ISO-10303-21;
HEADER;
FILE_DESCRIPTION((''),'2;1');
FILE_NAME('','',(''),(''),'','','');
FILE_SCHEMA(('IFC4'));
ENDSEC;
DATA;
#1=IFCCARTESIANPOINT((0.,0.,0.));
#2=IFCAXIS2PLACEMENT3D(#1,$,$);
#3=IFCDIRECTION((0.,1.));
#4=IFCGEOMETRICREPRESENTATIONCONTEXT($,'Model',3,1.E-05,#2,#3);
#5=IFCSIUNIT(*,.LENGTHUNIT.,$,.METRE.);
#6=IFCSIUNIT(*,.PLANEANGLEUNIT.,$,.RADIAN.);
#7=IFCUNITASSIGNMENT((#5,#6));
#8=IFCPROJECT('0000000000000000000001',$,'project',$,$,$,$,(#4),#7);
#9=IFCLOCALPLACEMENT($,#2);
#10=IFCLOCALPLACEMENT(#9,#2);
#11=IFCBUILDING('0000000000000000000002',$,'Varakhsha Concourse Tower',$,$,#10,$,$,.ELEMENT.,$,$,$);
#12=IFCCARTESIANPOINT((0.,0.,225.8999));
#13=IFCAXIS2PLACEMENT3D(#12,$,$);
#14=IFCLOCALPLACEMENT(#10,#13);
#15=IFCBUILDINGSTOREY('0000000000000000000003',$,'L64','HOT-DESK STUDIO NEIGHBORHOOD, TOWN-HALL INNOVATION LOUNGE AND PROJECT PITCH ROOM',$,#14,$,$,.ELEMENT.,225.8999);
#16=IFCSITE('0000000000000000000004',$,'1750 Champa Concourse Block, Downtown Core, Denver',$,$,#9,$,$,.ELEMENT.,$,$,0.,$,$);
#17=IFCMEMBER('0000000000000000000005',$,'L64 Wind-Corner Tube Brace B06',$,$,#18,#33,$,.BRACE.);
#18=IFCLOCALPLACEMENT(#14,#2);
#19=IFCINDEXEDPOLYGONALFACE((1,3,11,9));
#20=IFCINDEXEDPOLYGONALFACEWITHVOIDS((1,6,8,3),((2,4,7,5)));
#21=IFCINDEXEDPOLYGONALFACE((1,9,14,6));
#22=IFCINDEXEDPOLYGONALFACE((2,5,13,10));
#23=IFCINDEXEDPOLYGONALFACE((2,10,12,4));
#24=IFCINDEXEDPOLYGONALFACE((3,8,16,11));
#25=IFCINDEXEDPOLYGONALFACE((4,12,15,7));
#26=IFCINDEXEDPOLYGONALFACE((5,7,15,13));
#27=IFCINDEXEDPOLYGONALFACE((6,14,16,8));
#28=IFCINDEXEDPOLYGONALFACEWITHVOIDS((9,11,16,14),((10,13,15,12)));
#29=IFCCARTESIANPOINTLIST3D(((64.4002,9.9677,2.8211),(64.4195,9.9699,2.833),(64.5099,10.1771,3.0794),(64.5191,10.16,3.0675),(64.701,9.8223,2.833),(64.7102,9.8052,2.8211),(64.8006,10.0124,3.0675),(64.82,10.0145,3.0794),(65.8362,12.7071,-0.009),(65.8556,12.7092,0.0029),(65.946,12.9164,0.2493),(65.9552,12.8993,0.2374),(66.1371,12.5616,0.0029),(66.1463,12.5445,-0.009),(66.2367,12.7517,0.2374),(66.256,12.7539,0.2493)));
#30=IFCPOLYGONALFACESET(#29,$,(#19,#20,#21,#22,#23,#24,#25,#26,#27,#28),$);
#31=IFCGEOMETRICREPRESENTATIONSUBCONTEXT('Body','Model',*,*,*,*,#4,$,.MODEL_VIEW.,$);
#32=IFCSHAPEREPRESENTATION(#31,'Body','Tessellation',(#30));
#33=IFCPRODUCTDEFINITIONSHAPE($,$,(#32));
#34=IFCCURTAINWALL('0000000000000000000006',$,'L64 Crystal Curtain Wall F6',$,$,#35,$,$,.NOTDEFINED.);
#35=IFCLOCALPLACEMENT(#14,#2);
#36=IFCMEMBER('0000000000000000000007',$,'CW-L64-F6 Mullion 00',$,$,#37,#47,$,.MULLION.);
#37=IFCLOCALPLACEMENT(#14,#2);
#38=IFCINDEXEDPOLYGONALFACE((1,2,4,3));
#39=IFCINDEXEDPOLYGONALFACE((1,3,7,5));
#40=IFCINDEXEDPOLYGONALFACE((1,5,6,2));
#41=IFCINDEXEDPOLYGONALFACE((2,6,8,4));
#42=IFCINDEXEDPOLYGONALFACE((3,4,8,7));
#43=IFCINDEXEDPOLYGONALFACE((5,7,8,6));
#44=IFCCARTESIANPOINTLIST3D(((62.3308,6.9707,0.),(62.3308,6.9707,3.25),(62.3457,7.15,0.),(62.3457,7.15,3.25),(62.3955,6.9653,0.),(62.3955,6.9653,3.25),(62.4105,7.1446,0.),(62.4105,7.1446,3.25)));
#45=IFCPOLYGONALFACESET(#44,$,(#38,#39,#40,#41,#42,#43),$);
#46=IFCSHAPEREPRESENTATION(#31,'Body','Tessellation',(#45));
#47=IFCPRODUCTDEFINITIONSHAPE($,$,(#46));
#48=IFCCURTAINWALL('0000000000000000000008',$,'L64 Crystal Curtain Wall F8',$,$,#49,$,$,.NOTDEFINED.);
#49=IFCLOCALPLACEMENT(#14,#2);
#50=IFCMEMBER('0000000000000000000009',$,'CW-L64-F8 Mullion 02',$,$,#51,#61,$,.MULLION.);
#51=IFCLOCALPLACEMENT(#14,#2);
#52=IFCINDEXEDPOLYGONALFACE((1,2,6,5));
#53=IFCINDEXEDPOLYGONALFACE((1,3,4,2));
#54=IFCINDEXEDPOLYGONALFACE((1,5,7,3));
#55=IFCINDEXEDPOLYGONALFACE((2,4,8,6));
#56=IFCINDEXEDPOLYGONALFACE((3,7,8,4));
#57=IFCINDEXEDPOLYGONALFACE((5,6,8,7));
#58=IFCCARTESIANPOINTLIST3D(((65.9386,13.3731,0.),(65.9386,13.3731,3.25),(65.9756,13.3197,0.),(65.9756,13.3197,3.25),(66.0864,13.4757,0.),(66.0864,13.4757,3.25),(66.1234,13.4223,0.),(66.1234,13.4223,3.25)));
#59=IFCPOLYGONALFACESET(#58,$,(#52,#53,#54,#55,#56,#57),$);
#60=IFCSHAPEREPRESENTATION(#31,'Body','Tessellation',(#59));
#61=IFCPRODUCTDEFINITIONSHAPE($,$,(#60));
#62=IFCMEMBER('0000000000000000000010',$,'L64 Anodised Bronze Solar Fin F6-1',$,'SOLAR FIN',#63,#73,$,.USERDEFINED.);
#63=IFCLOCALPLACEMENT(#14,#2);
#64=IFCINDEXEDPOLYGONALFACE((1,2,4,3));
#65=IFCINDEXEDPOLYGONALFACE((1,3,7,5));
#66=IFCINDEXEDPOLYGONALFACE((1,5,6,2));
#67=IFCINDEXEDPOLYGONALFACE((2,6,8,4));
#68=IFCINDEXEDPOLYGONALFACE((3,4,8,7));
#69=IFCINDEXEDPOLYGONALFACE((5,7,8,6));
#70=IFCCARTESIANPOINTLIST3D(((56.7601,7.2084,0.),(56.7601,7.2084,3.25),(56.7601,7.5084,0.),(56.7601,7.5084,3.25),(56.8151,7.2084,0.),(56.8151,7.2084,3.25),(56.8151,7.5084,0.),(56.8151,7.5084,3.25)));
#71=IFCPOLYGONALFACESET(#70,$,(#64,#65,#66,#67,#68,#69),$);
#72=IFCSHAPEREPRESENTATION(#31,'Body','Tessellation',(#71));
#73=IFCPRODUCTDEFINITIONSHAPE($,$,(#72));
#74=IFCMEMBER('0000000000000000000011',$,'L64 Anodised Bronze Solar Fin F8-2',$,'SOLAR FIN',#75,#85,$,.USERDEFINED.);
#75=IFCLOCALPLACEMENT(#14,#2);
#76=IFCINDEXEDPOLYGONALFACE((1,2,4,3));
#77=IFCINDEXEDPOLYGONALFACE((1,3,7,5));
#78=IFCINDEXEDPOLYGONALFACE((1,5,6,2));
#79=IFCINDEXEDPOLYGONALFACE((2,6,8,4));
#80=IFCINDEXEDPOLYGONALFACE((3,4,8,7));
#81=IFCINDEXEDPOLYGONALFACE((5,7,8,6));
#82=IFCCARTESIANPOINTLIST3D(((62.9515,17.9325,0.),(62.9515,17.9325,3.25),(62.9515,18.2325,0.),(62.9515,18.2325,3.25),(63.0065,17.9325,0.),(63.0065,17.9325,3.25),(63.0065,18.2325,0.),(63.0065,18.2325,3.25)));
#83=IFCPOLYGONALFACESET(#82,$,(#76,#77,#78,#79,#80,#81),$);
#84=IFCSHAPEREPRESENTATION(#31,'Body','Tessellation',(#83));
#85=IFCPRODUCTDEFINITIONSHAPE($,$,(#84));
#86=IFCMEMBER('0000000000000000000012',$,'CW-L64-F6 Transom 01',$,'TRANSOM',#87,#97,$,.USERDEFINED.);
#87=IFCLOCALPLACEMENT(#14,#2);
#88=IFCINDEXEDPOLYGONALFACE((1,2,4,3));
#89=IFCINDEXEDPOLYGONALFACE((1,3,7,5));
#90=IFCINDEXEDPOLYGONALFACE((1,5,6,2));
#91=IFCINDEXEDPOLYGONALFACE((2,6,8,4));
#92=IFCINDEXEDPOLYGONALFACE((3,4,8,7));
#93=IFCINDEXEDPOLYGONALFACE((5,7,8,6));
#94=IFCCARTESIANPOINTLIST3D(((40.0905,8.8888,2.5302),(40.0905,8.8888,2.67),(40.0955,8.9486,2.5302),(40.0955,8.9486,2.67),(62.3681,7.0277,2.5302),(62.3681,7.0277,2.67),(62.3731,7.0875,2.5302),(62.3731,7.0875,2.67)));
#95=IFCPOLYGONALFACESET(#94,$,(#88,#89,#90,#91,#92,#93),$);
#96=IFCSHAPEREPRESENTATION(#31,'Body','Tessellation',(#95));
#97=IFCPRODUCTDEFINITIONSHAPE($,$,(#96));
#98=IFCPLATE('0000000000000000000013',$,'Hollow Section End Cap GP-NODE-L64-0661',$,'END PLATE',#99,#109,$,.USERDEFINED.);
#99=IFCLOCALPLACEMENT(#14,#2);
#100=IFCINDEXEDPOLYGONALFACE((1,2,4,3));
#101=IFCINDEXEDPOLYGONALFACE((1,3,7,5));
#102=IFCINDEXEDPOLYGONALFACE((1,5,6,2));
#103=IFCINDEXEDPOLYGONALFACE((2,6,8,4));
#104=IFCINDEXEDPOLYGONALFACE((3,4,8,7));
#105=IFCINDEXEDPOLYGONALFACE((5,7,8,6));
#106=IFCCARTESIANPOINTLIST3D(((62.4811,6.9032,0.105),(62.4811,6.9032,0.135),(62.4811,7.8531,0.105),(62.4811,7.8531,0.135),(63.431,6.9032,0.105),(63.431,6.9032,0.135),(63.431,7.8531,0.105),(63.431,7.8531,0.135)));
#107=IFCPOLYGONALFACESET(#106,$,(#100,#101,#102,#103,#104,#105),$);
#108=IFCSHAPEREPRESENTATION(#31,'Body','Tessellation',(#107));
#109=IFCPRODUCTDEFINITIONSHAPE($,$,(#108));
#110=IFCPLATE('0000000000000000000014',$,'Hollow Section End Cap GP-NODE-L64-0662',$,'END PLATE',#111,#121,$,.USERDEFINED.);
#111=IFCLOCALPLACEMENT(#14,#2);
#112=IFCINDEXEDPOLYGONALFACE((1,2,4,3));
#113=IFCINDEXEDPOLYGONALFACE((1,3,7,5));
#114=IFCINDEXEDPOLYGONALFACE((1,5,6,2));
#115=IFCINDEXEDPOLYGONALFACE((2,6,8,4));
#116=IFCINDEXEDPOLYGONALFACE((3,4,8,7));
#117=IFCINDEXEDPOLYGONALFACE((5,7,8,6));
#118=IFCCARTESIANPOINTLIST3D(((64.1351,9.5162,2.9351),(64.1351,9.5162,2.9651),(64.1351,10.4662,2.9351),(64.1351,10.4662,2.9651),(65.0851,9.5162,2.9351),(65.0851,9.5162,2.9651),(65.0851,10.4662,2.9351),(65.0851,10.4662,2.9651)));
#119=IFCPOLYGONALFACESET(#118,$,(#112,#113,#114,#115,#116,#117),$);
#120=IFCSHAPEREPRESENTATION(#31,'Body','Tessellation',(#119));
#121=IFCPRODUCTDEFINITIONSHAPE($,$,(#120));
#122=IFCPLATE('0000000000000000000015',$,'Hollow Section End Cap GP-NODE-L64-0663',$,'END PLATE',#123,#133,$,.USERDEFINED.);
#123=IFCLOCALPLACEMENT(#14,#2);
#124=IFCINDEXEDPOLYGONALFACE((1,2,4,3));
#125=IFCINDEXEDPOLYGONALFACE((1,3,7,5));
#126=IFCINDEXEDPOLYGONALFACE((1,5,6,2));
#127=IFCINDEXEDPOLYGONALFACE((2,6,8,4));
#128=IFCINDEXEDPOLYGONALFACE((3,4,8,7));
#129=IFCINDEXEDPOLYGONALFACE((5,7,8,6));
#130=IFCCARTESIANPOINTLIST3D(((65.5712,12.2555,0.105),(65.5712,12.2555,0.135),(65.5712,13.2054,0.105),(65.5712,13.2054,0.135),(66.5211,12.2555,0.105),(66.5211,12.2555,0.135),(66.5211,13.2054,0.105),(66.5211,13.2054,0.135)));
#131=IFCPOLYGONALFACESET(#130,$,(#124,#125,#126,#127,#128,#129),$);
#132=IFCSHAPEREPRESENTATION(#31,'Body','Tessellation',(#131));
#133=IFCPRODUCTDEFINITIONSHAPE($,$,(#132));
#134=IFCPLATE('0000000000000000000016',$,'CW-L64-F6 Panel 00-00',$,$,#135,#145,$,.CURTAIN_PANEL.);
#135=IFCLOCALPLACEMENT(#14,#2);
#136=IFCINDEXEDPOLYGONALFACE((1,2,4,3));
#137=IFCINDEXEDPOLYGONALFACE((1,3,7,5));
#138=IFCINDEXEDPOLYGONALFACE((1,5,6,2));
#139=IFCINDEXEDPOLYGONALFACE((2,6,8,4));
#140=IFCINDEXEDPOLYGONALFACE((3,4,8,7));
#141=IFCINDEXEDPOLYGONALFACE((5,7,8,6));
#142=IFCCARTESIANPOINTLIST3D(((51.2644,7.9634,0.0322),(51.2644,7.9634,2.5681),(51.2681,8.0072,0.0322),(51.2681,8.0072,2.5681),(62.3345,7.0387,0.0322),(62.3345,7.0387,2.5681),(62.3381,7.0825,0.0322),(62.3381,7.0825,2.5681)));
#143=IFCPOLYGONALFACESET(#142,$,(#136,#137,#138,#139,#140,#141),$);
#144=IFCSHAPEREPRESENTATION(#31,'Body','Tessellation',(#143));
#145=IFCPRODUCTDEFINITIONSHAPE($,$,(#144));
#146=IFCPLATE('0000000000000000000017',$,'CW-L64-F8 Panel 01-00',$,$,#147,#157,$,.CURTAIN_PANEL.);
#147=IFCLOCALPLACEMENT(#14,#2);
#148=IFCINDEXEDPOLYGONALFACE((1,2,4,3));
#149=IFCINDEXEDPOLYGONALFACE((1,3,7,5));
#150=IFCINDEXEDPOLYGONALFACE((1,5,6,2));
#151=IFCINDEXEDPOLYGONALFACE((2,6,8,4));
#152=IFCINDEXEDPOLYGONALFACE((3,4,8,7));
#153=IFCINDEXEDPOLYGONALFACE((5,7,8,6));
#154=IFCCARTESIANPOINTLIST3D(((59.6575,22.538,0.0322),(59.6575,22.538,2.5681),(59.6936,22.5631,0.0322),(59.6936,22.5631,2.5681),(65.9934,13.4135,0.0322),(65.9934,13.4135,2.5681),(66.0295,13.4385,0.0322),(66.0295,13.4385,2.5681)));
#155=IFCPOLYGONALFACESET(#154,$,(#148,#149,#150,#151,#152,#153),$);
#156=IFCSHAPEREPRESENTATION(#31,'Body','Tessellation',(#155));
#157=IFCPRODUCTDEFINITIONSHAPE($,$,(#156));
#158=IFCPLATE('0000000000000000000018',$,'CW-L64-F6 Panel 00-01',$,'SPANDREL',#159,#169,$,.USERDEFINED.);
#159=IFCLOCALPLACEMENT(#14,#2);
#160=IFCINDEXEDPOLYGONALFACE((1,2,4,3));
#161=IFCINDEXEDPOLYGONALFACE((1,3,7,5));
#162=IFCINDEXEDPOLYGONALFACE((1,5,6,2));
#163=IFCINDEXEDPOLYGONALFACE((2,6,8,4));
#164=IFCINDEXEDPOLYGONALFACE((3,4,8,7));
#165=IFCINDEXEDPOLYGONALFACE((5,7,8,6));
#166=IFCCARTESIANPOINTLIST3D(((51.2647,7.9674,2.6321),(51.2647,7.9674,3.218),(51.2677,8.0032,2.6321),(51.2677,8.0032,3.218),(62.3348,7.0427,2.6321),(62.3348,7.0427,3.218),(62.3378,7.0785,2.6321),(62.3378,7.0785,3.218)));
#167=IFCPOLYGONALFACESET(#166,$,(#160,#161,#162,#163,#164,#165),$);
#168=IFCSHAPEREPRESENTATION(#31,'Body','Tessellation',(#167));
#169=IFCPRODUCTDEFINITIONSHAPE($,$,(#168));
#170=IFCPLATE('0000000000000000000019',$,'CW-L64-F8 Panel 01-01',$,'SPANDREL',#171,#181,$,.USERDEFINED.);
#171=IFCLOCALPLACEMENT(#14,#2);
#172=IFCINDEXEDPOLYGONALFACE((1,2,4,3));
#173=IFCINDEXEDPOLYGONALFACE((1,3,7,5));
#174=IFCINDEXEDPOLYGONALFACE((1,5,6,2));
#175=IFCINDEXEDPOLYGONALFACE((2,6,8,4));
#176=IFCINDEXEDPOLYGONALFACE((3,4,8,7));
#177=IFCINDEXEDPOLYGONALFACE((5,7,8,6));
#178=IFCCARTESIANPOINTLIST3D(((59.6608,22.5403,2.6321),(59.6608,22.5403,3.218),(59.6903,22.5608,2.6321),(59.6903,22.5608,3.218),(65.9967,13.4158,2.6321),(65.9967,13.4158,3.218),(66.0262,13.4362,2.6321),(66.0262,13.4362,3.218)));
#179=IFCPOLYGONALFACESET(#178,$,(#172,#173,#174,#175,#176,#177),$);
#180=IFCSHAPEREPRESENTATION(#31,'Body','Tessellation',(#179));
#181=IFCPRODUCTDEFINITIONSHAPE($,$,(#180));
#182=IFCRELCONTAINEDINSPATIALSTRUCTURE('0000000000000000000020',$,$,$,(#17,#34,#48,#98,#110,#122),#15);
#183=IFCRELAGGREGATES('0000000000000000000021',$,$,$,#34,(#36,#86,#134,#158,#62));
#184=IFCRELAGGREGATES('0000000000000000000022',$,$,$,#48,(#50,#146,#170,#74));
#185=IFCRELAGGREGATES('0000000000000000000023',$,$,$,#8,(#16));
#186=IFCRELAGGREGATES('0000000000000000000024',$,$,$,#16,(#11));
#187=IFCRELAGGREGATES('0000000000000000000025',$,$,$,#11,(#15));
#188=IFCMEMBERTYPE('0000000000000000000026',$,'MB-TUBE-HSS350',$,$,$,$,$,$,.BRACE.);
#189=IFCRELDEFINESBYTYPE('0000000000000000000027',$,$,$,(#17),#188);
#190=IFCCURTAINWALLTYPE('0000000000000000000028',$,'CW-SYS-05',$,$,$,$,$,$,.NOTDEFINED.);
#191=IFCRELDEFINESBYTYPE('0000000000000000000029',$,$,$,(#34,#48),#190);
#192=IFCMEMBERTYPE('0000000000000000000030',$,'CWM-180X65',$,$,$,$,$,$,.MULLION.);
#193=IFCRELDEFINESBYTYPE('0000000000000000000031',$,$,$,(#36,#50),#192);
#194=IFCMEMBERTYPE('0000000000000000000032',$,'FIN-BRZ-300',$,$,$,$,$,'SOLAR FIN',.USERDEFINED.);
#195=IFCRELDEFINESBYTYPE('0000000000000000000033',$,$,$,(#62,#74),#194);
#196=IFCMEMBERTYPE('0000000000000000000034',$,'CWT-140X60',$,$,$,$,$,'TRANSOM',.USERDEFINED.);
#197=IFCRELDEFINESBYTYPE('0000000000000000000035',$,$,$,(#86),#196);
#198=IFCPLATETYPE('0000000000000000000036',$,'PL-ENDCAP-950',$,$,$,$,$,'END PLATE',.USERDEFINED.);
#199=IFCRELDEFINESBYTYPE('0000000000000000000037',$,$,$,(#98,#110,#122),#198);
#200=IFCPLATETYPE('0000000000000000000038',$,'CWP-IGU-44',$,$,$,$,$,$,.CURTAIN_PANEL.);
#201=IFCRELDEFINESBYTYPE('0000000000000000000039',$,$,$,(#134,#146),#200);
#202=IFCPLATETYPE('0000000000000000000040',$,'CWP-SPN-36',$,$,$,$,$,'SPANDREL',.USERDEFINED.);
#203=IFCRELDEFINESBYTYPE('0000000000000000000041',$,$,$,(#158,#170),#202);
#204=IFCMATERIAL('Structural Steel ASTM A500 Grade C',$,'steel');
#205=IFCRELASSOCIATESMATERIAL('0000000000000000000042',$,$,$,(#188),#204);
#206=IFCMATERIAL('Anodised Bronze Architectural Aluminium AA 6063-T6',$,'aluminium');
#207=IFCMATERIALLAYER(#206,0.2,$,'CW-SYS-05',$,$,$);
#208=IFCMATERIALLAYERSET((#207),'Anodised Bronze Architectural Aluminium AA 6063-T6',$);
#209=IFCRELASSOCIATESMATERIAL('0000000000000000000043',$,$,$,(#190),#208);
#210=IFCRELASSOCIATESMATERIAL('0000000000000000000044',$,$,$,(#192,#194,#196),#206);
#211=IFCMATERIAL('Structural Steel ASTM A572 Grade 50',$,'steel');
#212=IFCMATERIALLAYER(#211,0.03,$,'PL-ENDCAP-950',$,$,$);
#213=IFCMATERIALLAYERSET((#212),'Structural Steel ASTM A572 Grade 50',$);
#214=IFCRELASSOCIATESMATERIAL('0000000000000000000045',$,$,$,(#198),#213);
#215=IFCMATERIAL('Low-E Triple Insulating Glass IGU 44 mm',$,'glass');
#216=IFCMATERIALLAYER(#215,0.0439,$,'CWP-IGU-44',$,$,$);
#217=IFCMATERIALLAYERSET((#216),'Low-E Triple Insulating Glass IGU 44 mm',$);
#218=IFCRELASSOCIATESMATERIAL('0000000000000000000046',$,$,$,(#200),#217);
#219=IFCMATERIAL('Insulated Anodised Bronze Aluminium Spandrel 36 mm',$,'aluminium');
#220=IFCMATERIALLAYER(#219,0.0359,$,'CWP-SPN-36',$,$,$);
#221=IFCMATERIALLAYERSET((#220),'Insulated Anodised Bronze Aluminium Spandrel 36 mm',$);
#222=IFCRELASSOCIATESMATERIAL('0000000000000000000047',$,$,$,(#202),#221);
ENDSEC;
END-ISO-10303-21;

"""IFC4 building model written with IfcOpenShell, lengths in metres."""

from ifc_helpers import new_model, si_unit, direction, frame, origin, origin_2d, place, context, subcontext, project, spatial, rectangle, hollow_rectangle, extrude, source, transform, mapped, material, layer, layer_set, material_profile, profile_set, type_object, type_shapes, element, aggregate, save


model = new_model("IFC4")

# Units and contexts
model_context = context("Model", 3, precision=1e-05, world=origin(), true_north=direction((0.0, 1.0)))
body_context = subcontext(model_context, "Body", "Model", "MODEL_VIEW")
ifc_project = project(units=[si_unit("LENGTHUNIT", "METRE"), si_unit("PLANEANGLEUNIT", "RADIAN")], contexts=[model_context])

# Site, building, storey
site_placement = place(None, origin())
site = spatial("IfcSite", under=ifc_project, at=site_placement, Name="1750 Champa Concourse Block, Downtown Core, Denver", CompositionType="ELEMENT", RefElevation=0.0)
building_placement = place(site_placement, origin())
building = spatial("IfcBuilding", under=site, at=building_placement, Name="Varakhsha Concourse Tower", CompositionType="ELEMENT")
storey_placement = place(building_placement, frame((0.0, 0.0, 225.8999)))
storey = spatial("IfcBuildingStorey", under=building, at=storey_placement, Name="L64", Description="HOT-DESK STUDIO NEIGHBORHOOD, TOWN-HALL INNOVATION LOUNGE AND PROJECT PITCH ROOM", CompositionType="ELEMENT", Elevation=225.8999)

# Shared definitions
ifc_material_1 = material(Name="Structural Steel ASTM A572 Grade 50", Category="steel")

# Member
ifc_material_2 = material(Name="Structural Steel ASTM A500 Grade C", Category="steel")
ifc_material_profile_1 = material_profile(ifc_material_2, hollow_rectangle(XDim=0.3501, YDim=0.3501, WallThickness=0.0161, at=origin_2d()), Name="HSS 350x350x16")
ifc_profile_set_1 = profile_set([ifc_material_profile_1], Name="Structural Steel ASTM A500 Grade C")
member_type_1 = type_object("IfcMemberType", Name="MB-TUBE-HSS350", PredefinedType="BRACE", material=ifc_profile_set_1)
shared_shape_1 = source(origin(), body_context, "Body", "SweptSolid", [
    extrude(hollow_rectangle(XDim=0.3501, YDim=0.3501, WallThickness=0.0161, at=origin_2d()), origin(), (0.0, 0.0, 1.0), 4.1924),
])
member_1_placement = place(storey_placement, frame((66.0461, 12.7305, 0.1201), z_axis=(-0.342544, -0.653408, 0.675072), x_axis=(0.885674, -0.464308, 0.0)))
element("IfcMember", 1, at=member_1_placement, inside=storey, type_object=member_type_1, Name="L64 Wind-Corner Tube Brace B06", PredefinedType="BRACE", context=body_context, shape_type="MappedRepresentation", body=[
    mapped(shared_shape_1, transform((0.0, 0.0, 0.0), scale=1.0)),
])

# Curtain walls, members
ifc_material_3 = material(Name="Anodised Bronze Architectural Aluminium AA 6063-T6", Category="aluminium")
ifc_layer_1 = layer(ifc_material_3, 0.2, Name="CW-SYS-05")
ifc_layer_set_1 = layer_set([ifc_layer_1], Name="Anodised Bronze Architectural Aluminium AA 6063-T6")
curtain_wall_type = type_object("IfcCurtainWallType", Name="CW-SYS-05", PredefinedType="NOTDEFINED", material=ifc_layer_set_1)
curtain_wall_1_placement = place(storey_placement, origin())
curtain_wall_1 = element("IfcCurtainWall", 2, at=curtain_wall_1_placement, inside=storey, type_object=curtain_wall_type, Name="L64 Crystal Curtain Wall F6", PredefinedType="NOTDEFINED")
ifc_material_profile_2 = material_profile(ifc_material_3, rectangle(XDim=0.0649, YDim=0.1799, at=origin_2d()), Name="CWM-180X65")
ifc_profile_set_2 = profile_set([ifc_material_profile_2], Name="Anodised Bronze Architectural Aluminium AA 6063-T6")
member_type_2 = type_object("IfcMemberType", Name="CWM-180X65", PredefinedType="MULLION", material=ifc_profile_set_2)
shared_shape_2 = source(origin(), body_context, "Body", "SweptSolid", [
    extrude(rectangle(XDim=0.0649, YDim=0.1799, at=origin_2d()), origin(), (0.0, 0.0, 1.0), 3.25),
])
type_shapes(member_type_2, [shared_shape_2])
member_2_placement = place(storey_placement, frame((62.3706, 7.0576, 0.0), z_axis=(0.0, 0.0, 1.0), x_axis=(-0.996529, 0.083247, 0.0)))
member_2 = element("IfcMember", 3, at=member_2_placement, type_object=member_type_2, Name="CW-L64-F6 Mullion 00", PredefinedType="MULLION", context=body_context, shape_type="MappedRepresentation", body=[
    mapped(shared_shape_2, transform((0.0, 0.0, 0.0), scale=1.0)),
])
curtain_wall_2_placement = place(storey_placement, origin())
curtain_wall_2 = element("IfcCurtainWall", 4, at=curtain_wall_2_placement, inside=storey, type_object=curtain_wall_type, Name="L64 Crystal Curtain Wall F8", PredefinedType="NOTDEFINED")
member_3_placement = place(storey_placement, frame((66.031, 13.3977, 0.0), z_axis=(0.0, 0.0, 1.0), x_axis=(0.570361, -0.821394, 0.0)))
member_3 = element("IfcMember", 5, at=member_3_placement, type_object=member_type_2, Name="CW-L64-F8 Mullion 02", PredefinedType="MULLION", context=body_context, shape_type="MappedRepresentation", body=[
    mapped(shared_shape_2, transform((0.0, 0.0, 0.0), scale=1.0)),
])

# Members
ifc_material_profile_3 = material_profile(ifc_material_3, rectangle(XDim=0.0549, YDim=0.3, at=origin_2d()), Name="FIN-BRZ-300")
ifc_profile_set_3 = profile_set([ifc_material_profile_3], Name="Anodised Bronze Architectural Aluminium AA 6063-T6")
member_type_3 = type_object("IfcMemberType", Name="FIN-BRZ-300", ElementType="SOLAR FIN", PredefinedType="USERDEFINED", material=ifc_profile_set_3)
shared_shape_3 = source(origin(), body_context, "Body", "SweptSolid", [
    extrude(rectangle(XDim=0.0549, YDim=0.3, at=origin_2d()), origin(), (0.0, 0.0, 1.0), 3.25),
])
type_shapes(member_type_3, [shared_shape_3])
member_4_placement = place(storey_placement, frame((56.7876, 7.3584, 0.0), z_axis=(0.0, 0.0, 1.0), x_axis=(1.0, 0.0, 0.0)))
member_4 = element("IfcMember", 6, at=member_4_placement, type_object=member_type_3, Name="L64 Anodised Bronze Solar Fin F6-1", ObjectType="SOLAR FIN", PredefinedType="USERDEFINED", context=body_context, shape_type="MappedRepresentation", body=[
    mapped(shared_shape_3, transform((0.0, 0.0, 0.0), scale=1.0)),
])
member_5_placement = place(storey_placement, frame((62.979, 18.0825, 0.0), z_axis=(0.0, 0.0, 1.0), x_axis=(1.0, 0.0, 0.0)))
member_5 = element("IfcMember", 7, at=member_5_placement, type_object=member_type_3, Name="L64 Anodised Bronze Solar Fin F8-2", ObjectType="SOLAR FIN", PredefinedType="USERDEFINED", context=body_context, shape_type="MappedRepresentation", body=[
    mapped(shared_shape_3, transform((0.0, 0.0, 0.0), scale=1.0)),
])
ifc_material_profile_4 = material_profile(ifc_material_3, rectangle(XDim=0.0601, YDim=0.1399, at=origin_2d()), Name="CWT-140X60")
ifc_profile_set_4 = profile_set([ifc_material_profile_4], Name="Anodised Bronze Architectural Aluminium AA 6063-T6")
member_type_4 = type_object("IfcMemberType", Name="CWT-140X60", ElementType="TRANSOM", PredefinedType="USERDEFINED", material=ifc_profile_set_4)
shared_shape_4 = source(origin(), body_context, "Body", "SweptSolid", [
    extrude(rectangle(XDim=0.0601, YDim=0.1399, at=origin_2d()), origin(), (0.0, 0.0, 1.0), 22.3552),
])
type_shapes(member_type_4, [shared_shape_4])
member_6_placement = place(storey_placement, frame((62.3706, 7.0576, 2.6001), z_axis=(-0.996529, 0.083251, 0.0), x_axis=(-0.083251, -0.996529, 0.0)))
member_6 = element("IfcMember", 8, at=member_6_placement, type_object=member_type_4, Name="CW-L64-F6 Transom 01", ObjectType="TRANSOM", PredefinedType="USERDEFINED", context=body_context, shape_type="MappedRepresentation", body=[
    mapped(shared_shape_4, transform((0.0, 0.0, 0.0), scale=1.0)),
])

# Plates
ifc_layer_2 = layer(ifc_material_1, 0.03, Name="PL-ENDCAP-950")
ifc_layer_set_2 = layer_set([ifc_layer_2], Name="Structural Steel ASTM A572 Grade 50")
plate_type_1 = type_object("IfcPlateType", Name="PL-ENDCAP-950", ElementType="END PLATE", PredefinedType="USERDEFINED", material=ifc_layer_set_2)
shared_shape_5 = source(origin(), body_context, "Body", "SweptSolid", [
    extrude(rectangle(XDim=0.95, YDim=0.95, at=origin_2d()), origin(), (0.0, 0.0, 1.0), 0.03),
])
type_shapes(plate_type_1, [shared_shape_5])
for number, where, z_axis, x_axis, name in (
    (9, (62.9561, 7.3782, 0.105), (0.0, 0.0, 1.0), (1.0, 0.0, 0.0), "Hollow Section End Cap GP-NODE-L64-0661"),
    (10, (64.6101, 9.9912, 2.9351), (0.0, 0.0, 1.0), (1.0, 0.0, 0.0), "Hollow Section End Cap GP-NODE-L64-0662"),
    (11, (66.0461, 12.7305, 0.105), (0.0, 0.0, 1.0), (1.0, 0.0, 0.0), "Hollow Section End Cap GP-NODE-L64-0663"),
):
    element("IfcPlate", number, at=place(storey_placement, frame(where, z_axis=z_axis, x_axis=x_axis)), inside=storey, type_object=plate_type_1, Name=name, ObjectType="END PLATE", PredefinedType="USERDEFINED", context=body_context, shape_type="MappedRepresentation", body=[
        mapped(shared_shape_5, transform((0.0, 0.0, 0.0), scale=1.0)),
    ])

# Plates
ifc_material_4 = material(Name="Low-E Triple Insulating Glass IGU 44 mm", Category="glass")
ifc_layer_3 = layer(ifc_material_4, 0.0439, Name="CWP-IGU-44")
ifc_layer_set_3 = layer_set([ifc_layer_3], Name="Low-E Triple Insulating Glass IGU 44 mm")
plate_type_2 = type_object("IfcPlateType", Name="CWP-IGU-44", PredefinedType="CURTAIN_PANEL", material=ifc_layer_set_3)
shared_shape_6 = source(origin(), body_context, "Body", "SweptSolid", [
    extrude(rectangle(XDim=11.1086, YDim=0.0439, at=origin_2d()), origin(), (0.0, 0.0, 1.0), 2.5359),
])
type_shapes(plate_type_2, [shared_shape_6])
plate_1_placement = place(storey_placement, frame((56.8013, 7.5229, 0.0322), z_axis=(0.0, 0.0, 1.0), x_axis=(-0.996529, 0.083247, 0.0)))
plate_1 = element("IfcPlate", 12, at=plate_1_placement, type_object=plate_type_2, Name="CW-L64-F6 Panel 00-00", PredefinedType="CURTAIN_PANEL", context=body_context, shape_type="MappedRepresentation", body=[
    mapped(shared_shape_6, transform((0.0, 0.0, 0.0), scale=1.0)),
])
plate_2_placement = place(storey_placement, frame((62.8435, 17.9883, 0.0322), z_axis=(0.0, 0.0, 1.0), x_axis=(0.570361, -0.821394, 0.0)))
plate_2 = element("IfcPlate", 13, at=plate_2_placement, type_object=plate_type_2, Name="CW-L64-F8 Panel 01-00", PredefinedType="CURTAIN_PANEL", context=body_context, shape_type="MappedRepresentation", body=[
    mapped(shared_shape_6, transform((0.0, 0.0, 0.0), scale=1.0)),
])
ifc_material_5 = material(Name="Insulated Anodised Bronze Aluminium Spandrel 36 mm", Category="aluminium")
ifc_layer_4 = layer(ifc_material_5, 0.0359, Name="CWP-SPN-36")
ifc_layer_set_4 = layer_set([ifc_layer_4], Name="Insulated Anodised Bronze Aluminium Spandrel 36 mm")
plate_type_3 = type_object("IfcPlateType", Name="CWP-SPN-36", ElementType="SPANDREL", PredefinedType="USERDEFINED", material=ifc_layer_set_4)
shared_shape_7 = source(origin(), body_context, "Body", "SweptSolid", [
    extrude(rectangle(XDim=11.1086, YDim=0.0359, at=origin_2d()), origin(), (0.0, 0.0, 1.0), 0.5859),
])
type_shapes(plate_type_3, [shared_shape_7])
plate_3_placement = place(storey_placement, frame((56.8013, 7.5229, 2.6321), z_axis=(0.0, 0.0, 1.0), x_axis=(-0.996529, 0.083247, 0.0)))
plate_3 = element("IfcPlate", 14, at=plate_3_placement, type_object=plate_type_3, Name="CW-L64-F6 Panel 00-01", ObjectType="SPANDREL", PredefinedType="USERDEFINED", context=body_context, shape_type="MappedRepresentation", body=[
    mapped(shared_shape_7, transform((0.0, 0.0, 0.0), scale=1.0)),
])
aggregate(curtain_wall_1, [member_2, member_6, plate_1, plate_3, member_4])
plate_4_placement = place(storey_placement, frame((62.8435, 17.9883, 2.6321), z_axis=(0.0, 0.0, 1.0), x_axis=(0.570361, -0.821394, 0.0)))
plate_4 = element("IfcPlate", 15, at=plate_4_placement, type_object=plate_type_3, Name="CW-L64-F8 Panel 01-01", ObjectType="SPANDREL", PredefinedType="USERDEFINED", context=body_context, shape_type="MappedRepresentation", body=[
    mapped(shared_shape_7, transform((0.0, 0.0, 0.0), scale=1.0)),
])
aggregate(curtain_wall_2, [member_3, plate_2, plate_4, member_5])

save(model, "model.ifc")
